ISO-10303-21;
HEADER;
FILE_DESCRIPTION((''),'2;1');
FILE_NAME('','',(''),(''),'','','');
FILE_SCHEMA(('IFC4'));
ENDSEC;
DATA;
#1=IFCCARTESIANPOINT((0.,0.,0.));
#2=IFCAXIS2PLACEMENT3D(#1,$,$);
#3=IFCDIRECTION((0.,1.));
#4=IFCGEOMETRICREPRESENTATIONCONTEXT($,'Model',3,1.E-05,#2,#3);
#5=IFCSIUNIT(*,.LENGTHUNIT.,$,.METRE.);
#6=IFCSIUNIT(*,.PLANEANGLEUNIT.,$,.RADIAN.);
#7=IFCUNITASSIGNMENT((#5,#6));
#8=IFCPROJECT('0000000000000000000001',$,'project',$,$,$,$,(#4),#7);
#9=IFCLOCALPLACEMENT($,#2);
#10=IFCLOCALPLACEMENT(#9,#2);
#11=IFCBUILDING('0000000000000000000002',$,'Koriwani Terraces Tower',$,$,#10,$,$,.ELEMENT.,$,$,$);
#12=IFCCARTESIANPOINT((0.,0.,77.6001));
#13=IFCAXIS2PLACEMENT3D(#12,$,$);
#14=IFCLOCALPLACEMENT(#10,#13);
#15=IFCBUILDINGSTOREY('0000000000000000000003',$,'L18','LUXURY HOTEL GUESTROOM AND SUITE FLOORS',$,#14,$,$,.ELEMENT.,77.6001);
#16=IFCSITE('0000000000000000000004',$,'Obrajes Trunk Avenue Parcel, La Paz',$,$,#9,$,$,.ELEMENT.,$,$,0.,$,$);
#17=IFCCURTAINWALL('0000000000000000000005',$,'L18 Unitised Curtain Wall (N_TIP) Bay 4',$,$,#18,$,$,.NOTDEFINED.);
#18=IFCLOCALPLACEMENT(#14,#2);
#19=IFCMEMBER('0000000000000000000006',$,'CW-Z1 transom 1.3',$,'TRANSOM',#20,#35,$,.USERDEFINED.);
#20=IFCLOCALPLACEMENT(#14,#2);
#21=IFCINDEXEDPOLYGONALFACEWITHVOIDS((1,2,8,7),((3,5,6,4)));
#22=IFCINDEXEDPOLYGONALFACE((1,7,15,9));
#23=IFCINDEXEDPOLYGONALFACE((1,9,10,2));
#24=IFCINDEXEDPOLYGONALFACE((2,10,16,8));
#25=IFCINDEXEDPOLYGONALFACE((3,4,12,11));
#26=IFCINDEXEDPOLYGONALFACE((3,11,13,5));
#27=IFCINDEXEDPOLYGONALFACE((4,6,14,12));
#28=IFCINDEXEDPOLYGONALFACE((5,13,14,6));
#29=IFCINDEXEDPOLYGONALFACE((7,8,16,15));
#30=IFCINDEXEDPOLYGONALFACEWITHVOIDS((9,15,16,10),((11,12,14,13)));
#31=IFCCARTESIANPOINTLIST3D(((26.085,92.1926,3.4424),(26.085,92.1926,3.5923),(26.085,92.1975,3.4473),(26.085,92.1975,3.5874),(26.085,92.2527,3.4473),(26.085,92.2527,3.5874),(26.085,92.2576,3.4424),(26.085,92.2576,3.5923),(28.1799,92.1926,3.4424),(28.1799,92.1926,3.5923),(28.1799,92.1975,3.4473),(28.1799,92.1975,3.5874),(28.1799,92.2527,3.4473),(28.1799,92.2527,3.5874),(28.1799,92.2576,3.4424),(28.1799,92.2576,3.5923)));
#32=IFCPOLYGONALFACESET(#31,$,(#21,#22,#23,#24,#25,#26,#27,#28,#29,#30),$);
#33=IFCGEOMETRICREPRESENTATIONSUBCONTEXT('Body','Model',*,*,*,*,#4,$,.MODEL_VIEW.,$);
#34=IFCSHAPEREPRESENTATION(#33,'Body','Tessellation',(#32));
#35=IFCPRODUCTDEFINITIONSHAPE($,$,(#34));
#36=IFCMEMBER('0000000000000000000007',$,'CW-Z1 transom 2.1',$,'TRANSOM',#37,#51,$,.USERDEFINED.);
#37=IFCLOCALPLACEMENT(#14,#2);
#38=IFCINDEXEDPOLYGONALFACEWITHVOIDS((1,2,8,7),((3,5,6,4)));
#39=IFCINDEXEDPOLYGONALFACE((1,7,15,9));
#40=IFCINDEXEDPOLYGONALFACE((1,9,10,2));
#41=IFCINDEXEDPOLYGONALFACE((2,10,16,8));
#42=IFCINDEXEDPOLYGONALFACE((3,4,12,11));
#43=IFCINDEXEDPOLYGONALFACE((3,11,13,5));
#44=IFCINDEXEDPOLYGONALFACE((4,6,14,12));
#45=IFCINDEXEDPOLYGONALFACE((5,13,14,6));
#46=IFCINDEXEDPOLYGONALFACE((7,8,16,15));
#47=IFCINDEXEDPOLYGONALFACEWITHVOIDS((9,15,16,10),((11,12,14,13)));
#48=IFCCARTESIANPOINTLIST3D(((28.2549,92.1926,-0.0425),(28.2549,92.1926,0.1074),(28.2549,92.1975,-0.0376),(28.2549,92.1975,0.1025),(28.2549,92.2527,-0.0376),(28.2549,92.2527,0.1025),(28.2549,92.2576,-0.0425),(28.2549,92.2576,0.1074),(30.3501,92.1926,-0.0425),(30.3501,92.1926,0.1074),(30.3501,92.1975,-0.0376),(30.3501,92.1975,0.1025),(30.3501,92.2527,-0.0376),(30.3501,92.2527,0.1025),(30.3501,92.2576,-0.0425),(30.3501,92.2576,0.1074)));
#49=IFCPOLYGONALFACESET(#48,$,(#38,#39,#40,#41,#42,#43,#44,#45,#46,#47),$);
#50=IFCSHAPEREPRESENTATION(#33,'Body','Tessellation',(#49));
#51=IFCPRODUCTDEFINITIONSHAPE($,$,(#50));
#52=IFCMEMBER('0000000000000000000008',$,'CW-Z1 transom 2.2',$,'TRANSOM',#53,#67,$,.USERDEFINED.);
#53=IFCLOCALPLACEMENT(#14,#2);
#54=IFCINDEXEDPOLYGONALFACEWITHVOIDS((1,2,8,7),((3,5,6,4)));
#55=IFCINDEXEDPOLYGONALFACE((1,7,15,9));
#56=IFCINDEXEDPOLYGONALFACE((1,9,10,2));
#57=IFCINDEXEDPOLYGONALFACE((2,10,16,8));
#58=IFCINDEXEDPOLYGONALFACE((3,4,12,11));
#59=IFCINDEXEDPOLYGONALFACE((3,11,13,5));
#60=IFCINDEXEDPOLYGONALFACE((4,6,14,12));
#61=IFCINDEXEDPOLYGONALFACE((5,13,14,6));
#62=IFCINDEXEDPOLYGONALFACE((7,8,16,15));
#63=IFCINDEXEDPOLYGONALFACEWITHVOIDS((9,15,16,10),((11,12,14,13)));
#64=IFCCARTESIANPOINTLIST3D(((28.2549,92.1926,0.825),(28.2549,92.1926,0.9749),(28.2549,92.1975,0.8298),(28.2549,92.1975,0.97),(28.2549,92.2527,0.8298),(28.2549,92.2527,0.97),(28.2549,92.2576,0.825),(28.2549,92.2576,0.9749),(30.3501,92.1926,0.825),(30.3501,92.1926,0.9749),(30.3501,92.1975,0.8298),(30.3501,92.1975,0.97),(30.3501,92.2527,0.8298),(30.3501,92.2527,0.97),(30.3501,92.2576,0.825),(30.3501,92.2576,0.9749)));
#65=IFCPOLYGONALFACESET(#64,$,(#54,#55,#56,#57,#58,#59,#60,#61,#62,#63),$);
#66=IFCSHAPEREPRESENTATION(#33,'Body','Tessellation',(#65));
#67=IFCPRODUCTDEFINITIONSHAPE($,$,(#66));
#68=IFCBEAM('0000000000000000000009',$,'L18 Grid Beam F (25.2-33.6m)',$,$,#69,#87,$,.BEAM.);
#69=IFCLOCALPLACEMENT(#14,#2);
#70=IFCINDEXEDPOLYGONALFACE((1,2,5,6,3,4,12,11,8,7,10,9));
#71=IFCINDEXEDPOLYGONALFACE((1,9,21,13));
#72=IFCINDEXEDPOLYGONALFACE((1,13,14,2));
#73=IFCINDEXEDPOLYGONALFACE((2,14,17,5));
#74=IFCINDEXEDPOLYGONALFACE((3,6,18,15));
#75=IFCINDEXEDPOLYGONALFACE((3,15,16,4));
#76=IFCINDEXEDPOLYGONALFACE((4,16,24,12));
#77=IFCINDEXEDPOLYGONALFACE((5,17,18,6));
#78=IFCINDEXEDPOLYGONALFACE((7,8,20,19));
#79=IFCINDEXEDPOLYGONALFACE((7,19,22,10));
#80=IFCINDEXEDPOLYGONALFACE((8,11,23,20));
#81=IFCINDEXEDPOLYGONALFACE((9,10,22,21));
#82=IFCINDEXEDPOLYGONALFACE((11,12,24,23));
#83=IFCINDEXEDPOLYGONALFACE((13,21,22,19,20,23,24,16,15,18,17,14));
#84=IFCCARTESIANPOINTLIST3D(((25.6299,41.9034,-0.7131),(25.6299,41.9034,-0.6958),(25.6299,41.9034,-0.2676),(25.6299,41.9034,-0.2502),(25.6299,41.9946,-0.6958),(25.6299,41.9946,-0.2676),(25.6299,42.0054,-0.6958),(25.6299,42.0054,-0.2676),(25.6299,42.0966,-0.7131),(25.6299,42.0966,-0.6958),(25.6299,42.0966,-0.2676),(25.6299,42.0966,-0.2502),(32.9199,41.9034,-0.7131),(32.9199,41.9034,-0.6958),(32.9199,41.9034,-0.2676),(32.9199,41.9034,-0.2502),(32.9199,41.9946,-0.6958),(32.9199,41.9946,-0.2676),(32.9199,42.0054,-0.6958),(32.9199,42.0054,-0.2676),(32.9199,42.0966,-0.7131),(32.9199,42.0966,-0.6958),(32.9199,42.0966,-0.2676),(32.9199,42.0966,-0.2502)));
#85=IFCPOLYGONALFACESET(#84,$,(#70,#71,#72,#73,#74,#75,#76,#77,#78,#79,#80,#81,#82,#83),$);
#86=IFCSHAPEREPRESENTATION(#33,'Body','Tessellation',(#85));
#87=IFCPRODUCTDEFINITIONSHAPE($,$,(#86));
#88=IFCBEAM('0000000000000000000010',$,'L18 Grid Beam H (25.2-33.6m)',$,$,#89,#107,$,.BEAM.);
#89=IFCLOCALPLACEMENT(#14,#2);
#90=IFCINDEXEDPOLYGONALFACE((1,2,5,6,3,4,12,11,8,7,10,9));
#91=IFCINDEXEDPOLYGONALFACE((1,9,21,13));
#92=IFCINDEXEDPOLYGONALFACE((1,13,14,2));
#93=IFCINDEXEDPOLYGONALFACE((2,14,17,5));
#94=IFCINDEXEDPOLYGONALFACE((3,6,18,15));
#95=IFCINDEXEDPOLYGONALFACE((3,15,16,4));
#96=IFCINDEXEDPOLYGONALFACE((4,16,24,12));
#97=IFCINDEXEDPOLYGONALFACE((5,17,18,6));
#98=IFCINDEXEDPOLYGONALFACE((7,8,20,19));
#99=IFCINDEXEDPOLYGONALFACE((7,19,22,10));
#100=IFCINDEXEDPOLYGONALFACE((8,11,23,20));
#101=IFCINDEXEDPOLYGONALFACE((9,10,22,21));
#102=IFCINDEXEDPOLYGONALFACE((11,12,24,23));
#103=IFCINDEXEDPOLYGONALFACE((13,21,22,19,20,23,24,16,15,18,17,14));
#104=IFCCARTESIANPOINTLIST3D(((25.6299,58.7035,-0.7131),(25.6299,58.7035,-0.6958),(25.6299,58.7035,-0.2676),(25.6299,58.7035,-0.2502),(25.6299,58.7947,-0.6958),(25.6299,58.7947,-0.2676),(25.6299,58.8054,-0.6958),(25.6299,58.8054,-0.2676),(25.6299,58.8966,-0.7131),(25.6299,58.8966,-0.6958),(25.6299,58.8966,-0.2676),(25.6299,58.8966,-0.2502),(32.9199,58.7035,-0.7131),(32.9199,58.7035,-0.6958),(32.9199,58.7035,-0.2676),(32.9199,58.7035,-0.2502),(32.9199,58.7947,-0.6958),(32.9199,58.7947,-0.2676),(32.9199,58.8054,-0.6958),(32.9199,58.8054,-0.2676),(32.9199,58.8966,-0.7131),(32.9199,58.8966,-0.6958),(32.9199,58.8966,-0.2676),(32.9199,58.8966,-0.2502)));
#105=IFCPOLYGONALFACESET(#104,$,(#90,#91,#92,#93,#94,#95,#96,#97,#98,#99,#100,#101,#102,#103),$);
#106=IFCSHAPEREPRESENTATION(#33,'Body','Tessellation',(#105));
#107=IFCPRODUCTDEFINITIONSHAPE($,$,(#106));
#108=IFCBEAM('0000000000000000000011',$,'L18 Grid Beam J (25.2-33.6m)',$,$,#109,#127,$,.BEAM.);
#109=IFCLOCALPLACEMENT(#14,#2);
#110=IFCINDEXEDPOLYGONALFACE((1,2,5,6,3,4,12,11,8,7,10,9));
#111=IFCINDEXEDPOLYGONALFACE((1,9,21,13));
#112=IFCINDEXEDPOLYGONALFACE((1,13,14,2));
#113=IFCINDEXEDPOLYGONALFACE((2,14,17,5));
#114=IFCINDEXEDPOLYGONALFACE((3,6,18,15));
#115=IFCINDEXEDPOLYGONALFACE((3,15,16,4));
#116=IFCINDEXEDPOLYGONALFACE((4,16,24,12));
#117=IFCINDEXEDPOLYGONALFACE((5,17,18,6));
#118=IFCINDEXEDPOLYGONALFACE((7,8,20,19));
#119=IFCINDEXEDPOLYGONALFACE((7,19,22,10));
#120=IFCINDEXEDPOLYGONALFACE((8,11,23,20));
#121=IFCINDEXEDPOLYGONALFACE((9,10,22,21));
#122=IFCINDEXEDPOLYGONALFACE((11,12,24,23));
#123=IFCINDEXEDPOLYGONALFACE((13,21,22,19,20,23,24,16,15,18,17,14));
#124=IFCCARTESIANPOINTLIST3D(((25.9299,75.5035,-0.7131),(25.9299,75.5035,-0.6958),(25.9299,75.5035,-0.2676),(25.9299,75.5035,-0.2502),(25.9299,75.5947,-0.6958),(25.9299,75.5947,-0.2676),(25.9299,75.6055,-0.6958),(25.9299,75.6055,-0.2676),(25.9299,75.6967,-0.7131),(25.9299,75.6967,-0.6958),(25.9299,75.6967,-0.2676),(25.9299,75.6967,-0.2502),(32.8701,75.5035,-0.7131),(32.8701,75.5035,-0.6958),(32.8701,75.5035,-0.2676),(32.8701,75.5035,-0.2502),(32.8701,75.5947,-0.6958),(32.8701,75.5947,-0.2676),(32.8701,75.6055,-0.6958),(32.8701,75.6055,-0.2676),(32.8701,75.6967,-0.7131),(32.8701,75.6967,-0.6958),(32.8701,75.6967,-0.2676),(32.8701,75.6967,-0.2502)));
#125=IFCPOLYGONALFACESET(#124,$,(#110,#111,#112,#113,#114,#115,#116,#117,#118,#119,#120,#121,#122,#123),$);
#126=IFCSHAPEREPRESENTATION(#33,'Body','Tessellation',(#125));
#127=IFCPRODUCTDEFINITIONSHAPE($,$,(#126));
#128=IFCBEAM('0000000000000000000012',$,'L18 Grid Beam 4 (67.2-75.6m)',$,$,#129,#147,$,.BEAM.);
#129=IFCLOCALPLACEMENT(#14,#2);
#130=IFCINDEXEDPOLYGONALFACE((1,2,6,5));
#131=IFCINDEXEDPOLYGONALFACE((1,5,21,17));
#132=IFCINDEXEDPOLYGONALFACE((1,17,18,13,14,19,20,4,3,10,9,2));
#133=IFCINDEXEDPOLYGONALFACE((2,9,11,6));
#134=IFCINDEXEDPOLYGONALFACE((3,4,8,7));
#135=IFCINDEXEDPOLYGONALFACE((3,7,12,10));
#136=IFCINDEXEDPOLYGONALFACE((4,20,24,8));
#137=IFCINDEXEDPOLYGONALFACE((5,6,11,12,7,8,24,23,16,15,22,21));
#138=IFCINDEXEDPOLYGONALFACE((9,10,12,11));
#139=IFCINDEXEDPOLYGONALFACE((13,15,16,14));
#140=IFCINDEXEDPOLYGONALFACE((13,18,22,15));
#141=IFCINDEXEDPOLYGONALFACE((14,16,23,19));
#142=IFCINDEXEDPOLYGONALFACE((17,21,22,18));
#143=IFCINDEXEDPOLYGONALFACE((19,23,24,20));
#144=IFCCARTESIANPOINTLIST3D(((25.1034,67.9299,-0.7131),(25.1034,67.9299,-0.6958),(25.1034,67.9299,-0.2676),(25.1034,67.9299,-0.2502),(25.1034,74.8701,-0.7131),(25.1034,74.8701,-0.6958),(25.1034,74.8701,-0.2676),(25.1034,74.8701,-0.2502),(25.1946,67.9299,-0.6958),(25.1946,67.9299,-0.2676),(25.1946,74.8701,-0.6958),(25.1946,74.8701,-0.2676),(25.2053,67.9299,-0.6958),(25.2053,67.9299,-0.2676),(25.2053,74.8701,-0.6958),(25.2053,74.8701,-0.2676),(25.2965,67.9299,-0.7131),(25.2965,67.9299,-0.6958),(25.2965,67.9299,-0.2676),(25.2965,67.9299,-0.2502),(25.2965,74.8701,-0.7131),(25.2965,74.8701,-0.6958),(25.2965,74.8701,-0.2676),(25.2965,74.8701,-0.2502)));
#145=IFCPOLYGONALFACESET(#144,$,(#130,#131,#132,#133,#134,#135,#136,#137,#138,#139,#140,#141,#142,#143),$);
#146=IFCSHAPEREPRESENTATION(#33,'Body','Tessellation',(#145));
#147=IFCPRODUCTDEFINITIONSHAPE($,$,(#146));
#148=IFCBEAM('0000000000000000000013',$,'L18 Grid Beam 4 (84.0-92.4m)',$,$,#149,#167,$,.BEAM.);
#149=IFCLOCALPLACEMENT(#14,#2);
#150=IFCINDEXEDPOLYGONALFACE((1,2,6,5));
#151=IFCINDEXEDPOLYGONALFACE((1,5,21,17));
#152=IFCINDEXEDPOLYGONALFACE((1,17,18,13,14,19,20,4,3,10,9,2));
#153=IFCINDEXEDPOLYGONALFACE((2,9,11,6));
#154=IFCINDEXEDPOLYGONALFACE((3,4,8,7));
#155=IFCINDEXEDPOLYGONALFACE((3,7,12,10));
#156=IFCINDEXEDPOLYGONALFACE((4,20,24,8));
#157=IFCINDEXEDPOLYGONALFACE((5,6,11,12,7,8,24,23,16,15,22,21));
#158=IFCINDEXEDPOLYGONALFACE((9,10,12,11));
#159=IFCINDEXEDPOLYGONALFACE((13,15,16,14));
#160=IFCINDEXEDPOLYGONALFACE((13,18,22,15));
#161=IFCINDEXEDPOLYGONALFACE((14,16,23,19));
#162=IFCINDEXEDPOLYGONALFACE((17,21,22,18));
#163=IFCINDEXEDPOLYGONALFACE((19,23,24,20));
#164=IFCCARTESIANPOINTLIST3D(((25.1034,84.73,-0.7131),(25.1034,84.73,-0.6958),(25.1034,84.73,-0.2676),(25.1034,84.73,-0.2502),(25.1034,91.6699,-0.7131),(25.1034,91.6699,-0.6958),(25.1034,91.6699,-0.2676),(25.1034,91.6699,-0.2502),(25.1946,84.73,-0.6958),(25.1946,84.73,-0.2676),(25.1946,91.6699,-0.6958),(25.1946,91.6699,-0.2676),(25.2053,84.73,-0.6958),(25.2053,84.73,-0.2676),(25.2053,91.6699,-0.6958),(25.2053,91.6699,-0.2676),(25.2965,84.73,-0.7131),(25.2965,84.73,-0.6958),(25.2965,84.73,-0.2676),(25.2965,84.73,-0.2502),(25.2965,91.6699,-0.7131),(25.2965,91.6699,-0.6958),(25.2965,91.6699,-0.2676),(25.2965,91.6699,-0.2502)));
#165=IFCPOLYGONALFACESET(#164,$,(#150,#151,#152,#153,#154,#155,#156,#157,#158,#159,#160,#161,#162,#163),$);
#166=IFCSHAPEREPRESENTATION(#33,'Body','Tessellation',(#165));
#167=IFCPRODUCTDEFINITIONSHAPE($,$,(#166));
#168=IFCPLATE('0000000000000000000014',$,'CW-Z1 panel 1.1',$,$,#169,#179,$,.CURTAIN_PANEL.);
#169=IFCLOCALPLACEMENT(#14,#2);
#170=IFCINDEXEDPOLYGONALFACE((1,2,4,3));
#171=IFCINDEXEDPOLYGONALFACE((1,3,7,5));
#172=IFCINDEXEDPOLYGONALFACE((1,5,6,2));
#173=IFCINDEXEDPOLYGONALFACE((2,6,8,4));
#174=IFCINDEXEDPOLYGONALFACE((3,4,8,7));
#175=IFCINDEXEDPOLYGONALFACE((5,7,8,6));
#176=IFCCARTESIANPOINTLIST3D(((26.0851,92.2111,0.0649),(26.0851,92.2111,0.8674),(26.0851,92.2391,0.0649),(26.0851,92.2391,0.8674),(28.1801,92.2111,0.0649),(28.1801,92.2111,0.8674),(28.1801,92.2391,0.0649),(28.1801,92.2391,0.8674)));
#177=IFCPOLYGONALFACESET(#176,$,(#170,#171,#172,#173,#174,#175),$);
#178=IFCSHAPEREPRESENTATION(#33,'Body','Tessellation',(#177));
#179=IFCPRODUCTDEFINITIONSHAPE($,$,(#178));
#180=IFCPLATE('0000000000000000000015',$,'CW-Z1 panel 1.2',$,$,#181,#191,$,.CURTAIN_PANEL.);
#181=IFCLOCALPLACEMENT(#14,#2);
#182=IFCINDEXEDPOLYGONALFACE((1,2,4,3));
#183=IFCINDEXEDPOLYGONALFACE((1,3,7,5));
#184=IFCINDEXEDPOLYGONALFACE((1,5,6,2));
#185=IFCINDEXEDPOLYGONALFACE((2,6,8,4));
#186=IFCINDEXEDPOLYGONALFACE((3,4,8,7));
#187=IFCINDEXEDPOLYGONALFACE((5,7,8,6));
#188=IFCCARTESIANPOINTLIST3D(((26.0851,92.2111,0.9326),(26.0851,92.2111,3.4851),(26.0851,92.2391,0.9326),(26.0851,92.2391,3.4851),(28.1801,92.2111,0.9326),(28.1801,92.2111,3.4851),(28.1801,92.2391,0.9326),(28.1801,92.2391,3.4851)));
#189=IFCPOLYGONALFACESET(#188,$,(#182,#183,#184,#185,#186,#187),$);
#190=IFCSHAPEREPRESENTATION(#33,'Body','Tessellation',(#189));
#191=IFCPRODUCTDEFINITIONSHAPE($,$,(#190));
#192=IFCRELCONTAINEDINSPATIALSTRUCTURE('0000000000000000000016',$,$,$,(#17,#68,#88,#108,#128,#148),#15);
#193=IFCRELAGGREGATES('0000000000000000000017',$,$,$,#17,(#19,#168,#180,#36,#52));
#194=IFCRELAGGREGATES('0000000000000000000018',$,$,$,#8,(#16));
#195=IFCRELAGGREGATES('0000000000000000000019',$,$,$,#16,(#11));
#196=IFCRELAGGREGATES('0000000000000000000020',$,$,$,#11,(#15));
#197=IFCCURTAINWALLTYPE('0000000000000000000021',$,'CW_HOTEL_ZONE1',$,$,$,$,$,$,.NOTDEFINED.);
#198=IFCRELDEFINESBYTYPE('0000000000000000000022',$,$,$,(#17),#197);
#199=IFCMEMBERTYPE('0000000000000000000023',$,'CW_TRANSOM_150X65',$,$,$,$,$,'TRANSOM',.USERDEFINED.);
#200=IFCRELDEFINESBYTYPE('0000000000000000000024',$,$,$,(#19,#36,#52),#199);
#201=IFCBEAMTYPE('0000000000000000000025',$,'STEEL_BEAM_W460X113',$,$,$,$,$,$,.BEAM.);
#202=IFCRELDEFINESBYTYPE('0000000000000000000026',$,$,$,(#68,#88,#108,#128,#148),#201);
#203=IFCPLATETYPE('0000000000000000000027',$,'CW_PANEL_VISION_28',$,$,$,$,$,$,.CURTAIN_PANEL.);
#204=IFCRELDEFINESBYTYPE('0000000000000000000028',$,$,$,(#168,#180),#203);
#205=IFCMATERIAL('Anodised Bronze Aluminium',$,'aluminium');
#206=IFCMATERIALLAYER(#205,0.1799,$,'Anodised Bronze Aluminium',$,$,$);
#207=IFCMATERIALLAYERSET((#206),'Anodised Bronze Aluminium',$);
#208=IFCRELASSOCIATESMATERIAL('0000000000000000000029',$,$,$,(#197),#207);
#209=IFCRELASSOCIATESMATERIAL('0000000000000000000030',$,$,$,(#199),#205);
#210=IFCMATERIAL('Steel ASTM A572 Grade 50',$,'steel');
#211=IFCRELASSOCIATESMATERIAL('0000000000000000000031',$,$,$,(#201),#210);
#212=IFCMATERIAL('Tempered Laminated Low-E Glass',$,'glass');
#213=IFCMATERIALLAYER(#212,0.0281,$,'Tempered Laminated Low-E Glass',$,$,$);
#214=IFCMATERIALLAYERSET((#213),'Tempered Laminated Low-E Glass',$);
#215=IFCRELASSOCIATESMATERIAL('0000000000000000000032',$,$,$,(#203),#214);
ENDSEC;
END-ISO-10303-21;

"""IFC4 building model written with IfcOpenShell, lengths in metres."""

from ifc_helpers import new_model, si_unit, direction, frame, origin, origin_2d, place, context, subcontext, project, spatial, rectangle, hollow_rectangle, i_section, extrude, material, layer, layer_set, material_profile, profile_set, type_object, element, aggregate, save


model = new_model("IFC4")

# Units and contexts
model_context = context("Model", 3, precision=1e-05, world=origin(), true_north=direction((0.0, 1.0)))
body_context = subcontext(model_context, "Body", "Model", "MODEL_VIEW")
ifc_project = project(units=[si_unit("LENGTHUNIT", "METRE"), si_unit("PLANEANGLEUNIT", "RADIAN")], contexts=[model_context])

# Site, building, storey
site_placement = place(None, origin())
site = spatial("IfcSite", under=ifc_project, at=site_placement, Name="Obrajes Trunk Avenue Parcel, La Paz", CompositionType="ELEMENT", RefElevation=0.0)
building_placement = place(site_placement, origin())
building = spatial("IfcBuilding", under=site, at=building_placement, Name="Koriwani Terraces Tower", CompositionType="ELEMENT")
storey_placement = place(building_placement, frame((0.0, 0.0, 77.6001)))
storey = spatial("IfcBuildingStorey", under=building, at=storey_placement, Name="L18", Description="LUXURY HOTEL GUESTROOM AND SUITE FLOORS", CompositionType="ELEMENT", Elevation=77.6001)

# Curtain wall, members
ifc_material_1 = material(Name="Anodised Bronze Aluminium", Category="aluminium")
ifc_layer_1 = layer(ifc_material_1, 0.1799, Name="Anodised Bronze Aluminium")
ifc_layer_set_1 = layer_set([ifc_layer_1], Name="Anodised Bronze Aluminium")
curtain_wall_type = type_object("IfcCurtainWallType", Name="CW_HOTEL_ZONE1", PredefinedType="NOTDEFINED", material=ifc_layer_set_1)
curtain_wall_placement = place(storey_placement, origin())
curtain_wall = element("IfcCurtainWall", 1, at=curtain_wall_placement, inside=storey, type_object=curtain_wall_type, Name="L18 Unitised Curtain Wall (N_TIP) Bay 4", PredefinedType="NOTDEFINED")
ifc_material_profile_1 = material_profile(ifc_material_1, hollow_rectangle(XDim=0.0649, YDim=0.1499, WallThickness=0.0049, at=origin_2d()), Name="Anodised Bronze Aluminium", Category="LoadBearing")
ifc_profile_set_1 = profile_set([ifc_material_profile_1], Name="Anodised Bronze Aluminium")
member_type_1 = type_object("IfcMemberType", Name="CW_TRANSOM_150X65", ElementType="TRANSOM", PredefinedType="USERDEFINED", material=ifc_profile_set_1)
member_1_placement = place(storey_placement, frame((26.085, 92.2251, 3.5173), z_axis=(1.0, 0.0, 0.0), x_axis=(0.0, 1.0, 0.0)))
member_1 = element("IfcMember", 2, at=member_1_placement, type_object=member_type_1, Name="CW-Z1 transom 1.3", ObjectType="TRANSOM", PredefinedType="USERDEFINED", context=body_context, shape_type="SweptSolid", body=[
    extrude(hollow_rectangle(XDim=0.0649, YDim=0.1499, WallThickness=0.0049, at=origin_2d()), origin(), (0.0, 0.0, 1.0), 2.095),
])
member_2_placement = place(storey_placement, frame((28.2549, 92.2251, 0.0325), z_axis=(1.0, 0.0, 0.0), x_axis=(0.0, 1.0, 0.0)))
member_2 = element("IfcMember", 3, at=member_2_placement, type_object=member_type_1, Name="CW-Z1 transom 2.1", ObjectType="TRANSOM", PredefinedType="USERDEFINED", context=body_context, shape_type="SweptSolid", body=[
    extrude(hollow_rectangle(XDim=0.0649, YDim=0.1499, WallThickness=0.0049, at=origin_2d()), origin(), (0.0, 0.0, 1.0), 2.0952),
])
member_3_placement = place(storey_placement, frame((28.2549, 92.2251, 0.8999), z_axis=(1.0, 0.0, 0.0), x_axis=(0.0, 1.0, 0.0)))
member_3 = element("IfcMember", 4, at=member_3_placement, type_object=member_type_1, Name="CW-Z1 transom 2.2", ObjectType="TRANSOM", PredefinedType="USERDEFINED", context=body_context, shape_type="SweptSolid", body=[
    extrude(hollow_rectangle(XDim=0.0649, YDim=0.1499, WallThickness=0.0049, at=origin_2d()), origin(), (0.0, 0.0, 1.0), 2.0952),
])

# Beams
ifc_material_2 = material(Name="Steel ASTM A572 Grade 50", Category="steel")
ifc_material_profile_2 = material_profile(ifc_material_2, i_section(OverallWidth=0.1931, OverallDepth=0.4629, WebThickness=0.0107, FlangeThickness=0.0173, at=origin_2d()), Name="Steel ASTM A572 Grade 50", Category="LoadBearing")
ifc_profile_set_2 = profile_set([ifc_material_profile_2], Name="Steel ASTM A572 Grade 50")
beam_type_1 = type_object("IfcBeamType", Name="STEEL_BEAM_W460X113", PredefinedType="BEAM", material=ifc_profile_set_2)
for number, where, z_axis, x_axis, name in (
    (5, (25.6299, 42.0, -0.4817), (1.0, 0.0, 0.0), (0.0, 1.0, 0.0), "L18 Grid Beam F (25.2-33.6m)"),
    (6, (25.6299, 58.8, -0.4817), (1.0, 0.0, 0.0), (0.0, 1.0, 0.0), "L18 Grid Beam H (25.2-33.6m)"),
):
    element("IfcBeam", number, at=place(storey_placement, frame(where, z_axis=z_axis, x_axis=x_axis)), inside=storey, type_object=beam_type_1, Name=name, PredefinedType="BEAM", context=body_context, shape_type="SweptSolid", body=[
        extrude(i_section(OverallWidth=0.1931, OverallDepth=0.4629, WebThickness=0.0107, FlangeThickness=0.0173, at=origin_2d()), origin(), (0.0, 0.0, 1.0), 7.29),
    ])
for number, where, z_axis, x_axis, name in (
    (7, (25.9299, 75.6001, -0.4817), (1.0, 0.0, 0.0), (0.0, 1.0, 0.0), "L18 Grid Beam J (25.2-33.6m)"),
    (8, (25.2, 67.9299, -0.4817), (0.0, 1.0, 0.0), (-1.0, 0.0, 0.0), "L18 Grid Beam 4 (67.2-75.6m)"),
):
    element("IfcBeam", number, at=place(storey_placement, frame(where, z_axis=z_axis, x_axis=x_axis)), inside=storey, type_object=beam_type_1, Name=name, PredefinedType="BEAM", context=body_context, shape_type="SweptSolid", body=[
        extrude(i_section(OverallWidth=0.1931, OverallDepth=0.4629, WebThickness=0.0107, FlangeThickness=0.0173, at=origin_2d()), origin(), (0.0, 0.0, 1.0), 6.9402),
    ])
beam_1_placement = place(storey_placement, frame((25.2, 84.73, -0.4817), z_axis=(0.0, 1.0, 0.0), x_axis=(-1.0, 0.0, 0.0)))
element("IfcBeam", 9, at=beam_1_placement, inside=storey, type_object=beam_type_1, Name="L18 Grid Beam 4 (84.0-92.4m)", PredefinedType="BEAM", context=body_context, shape_type="SweptSolid", body=[
    extrude(i_section(OverallWidth=0.1931, OverallDepth=0.4629, WebThickness=0.0107, FlangeThickness=0.0173, at=origin_2d()), origin(), (0.0, 0.0, 1.0), 6.9399),
])

# Plates
ifc_material_3 = material(Name="Tempered Laminated Low-E Glass", Category="glass")
ifc_layer_2 = layer(ifc_material_3, 0.0281, Name="Tempered Laminated Low-E Glass")
ifc_layer_set_2 = layer_set([ifc_layer_2], Name="Tempered Laminated Low-E Glass")
plate_type = type_object("IfcPlateType", Name="CW_PANEL_VISION_28", PredefinedType="CURTAIN_PANEL", material=ifc_layer_set_2)
plate_1_placement = place(storey_placement, frame((27.1326, 92.2251, 0.0649), z_axis=(0.0, 0.0, 1.0), x_axis=(1.0, 0.0, 0.0)))
plate_1 = element("IfcPlate", 10, at=plate_1_placement, type_object=plate_type, Name="CW-Z1 panel 1.1", PredefinedType="CURTAIN_PANEL", context=body_context, shape_type="SweptSolid", body=[
    extrude(rectangle(XDim=2.095, YDim=0.0281, at=origin_2d()), origin(), (0.0, 0.0, 1.0), 0.8025),
])
plate_2_placement = place(storey_placement, frame((27.1326, 92.2251, 0.9326), z_axis=(0.0, 0.0, 1.0), x_axis=(1.0, 0.0, 0.0)))
plate_2 = element("IfcPlate", 11, at=plate_2_placement, type_object=plate_type, Name="CW-Z1 panel 1.2", PredefinedType="CURTAIN_PANEL", context=body_context, shape_type="SweptSolid", body=[
    extrude(rectangle(XDim=2.095, YDim=0.0281, at=origin_2d()), origin(), (0.0, 0.0, 1.0), 2.5525),
])
aggregate(curtain_wall, [member_1, plate_1, plate_2, member_2, member_3])

save(model, "model.ifc")
